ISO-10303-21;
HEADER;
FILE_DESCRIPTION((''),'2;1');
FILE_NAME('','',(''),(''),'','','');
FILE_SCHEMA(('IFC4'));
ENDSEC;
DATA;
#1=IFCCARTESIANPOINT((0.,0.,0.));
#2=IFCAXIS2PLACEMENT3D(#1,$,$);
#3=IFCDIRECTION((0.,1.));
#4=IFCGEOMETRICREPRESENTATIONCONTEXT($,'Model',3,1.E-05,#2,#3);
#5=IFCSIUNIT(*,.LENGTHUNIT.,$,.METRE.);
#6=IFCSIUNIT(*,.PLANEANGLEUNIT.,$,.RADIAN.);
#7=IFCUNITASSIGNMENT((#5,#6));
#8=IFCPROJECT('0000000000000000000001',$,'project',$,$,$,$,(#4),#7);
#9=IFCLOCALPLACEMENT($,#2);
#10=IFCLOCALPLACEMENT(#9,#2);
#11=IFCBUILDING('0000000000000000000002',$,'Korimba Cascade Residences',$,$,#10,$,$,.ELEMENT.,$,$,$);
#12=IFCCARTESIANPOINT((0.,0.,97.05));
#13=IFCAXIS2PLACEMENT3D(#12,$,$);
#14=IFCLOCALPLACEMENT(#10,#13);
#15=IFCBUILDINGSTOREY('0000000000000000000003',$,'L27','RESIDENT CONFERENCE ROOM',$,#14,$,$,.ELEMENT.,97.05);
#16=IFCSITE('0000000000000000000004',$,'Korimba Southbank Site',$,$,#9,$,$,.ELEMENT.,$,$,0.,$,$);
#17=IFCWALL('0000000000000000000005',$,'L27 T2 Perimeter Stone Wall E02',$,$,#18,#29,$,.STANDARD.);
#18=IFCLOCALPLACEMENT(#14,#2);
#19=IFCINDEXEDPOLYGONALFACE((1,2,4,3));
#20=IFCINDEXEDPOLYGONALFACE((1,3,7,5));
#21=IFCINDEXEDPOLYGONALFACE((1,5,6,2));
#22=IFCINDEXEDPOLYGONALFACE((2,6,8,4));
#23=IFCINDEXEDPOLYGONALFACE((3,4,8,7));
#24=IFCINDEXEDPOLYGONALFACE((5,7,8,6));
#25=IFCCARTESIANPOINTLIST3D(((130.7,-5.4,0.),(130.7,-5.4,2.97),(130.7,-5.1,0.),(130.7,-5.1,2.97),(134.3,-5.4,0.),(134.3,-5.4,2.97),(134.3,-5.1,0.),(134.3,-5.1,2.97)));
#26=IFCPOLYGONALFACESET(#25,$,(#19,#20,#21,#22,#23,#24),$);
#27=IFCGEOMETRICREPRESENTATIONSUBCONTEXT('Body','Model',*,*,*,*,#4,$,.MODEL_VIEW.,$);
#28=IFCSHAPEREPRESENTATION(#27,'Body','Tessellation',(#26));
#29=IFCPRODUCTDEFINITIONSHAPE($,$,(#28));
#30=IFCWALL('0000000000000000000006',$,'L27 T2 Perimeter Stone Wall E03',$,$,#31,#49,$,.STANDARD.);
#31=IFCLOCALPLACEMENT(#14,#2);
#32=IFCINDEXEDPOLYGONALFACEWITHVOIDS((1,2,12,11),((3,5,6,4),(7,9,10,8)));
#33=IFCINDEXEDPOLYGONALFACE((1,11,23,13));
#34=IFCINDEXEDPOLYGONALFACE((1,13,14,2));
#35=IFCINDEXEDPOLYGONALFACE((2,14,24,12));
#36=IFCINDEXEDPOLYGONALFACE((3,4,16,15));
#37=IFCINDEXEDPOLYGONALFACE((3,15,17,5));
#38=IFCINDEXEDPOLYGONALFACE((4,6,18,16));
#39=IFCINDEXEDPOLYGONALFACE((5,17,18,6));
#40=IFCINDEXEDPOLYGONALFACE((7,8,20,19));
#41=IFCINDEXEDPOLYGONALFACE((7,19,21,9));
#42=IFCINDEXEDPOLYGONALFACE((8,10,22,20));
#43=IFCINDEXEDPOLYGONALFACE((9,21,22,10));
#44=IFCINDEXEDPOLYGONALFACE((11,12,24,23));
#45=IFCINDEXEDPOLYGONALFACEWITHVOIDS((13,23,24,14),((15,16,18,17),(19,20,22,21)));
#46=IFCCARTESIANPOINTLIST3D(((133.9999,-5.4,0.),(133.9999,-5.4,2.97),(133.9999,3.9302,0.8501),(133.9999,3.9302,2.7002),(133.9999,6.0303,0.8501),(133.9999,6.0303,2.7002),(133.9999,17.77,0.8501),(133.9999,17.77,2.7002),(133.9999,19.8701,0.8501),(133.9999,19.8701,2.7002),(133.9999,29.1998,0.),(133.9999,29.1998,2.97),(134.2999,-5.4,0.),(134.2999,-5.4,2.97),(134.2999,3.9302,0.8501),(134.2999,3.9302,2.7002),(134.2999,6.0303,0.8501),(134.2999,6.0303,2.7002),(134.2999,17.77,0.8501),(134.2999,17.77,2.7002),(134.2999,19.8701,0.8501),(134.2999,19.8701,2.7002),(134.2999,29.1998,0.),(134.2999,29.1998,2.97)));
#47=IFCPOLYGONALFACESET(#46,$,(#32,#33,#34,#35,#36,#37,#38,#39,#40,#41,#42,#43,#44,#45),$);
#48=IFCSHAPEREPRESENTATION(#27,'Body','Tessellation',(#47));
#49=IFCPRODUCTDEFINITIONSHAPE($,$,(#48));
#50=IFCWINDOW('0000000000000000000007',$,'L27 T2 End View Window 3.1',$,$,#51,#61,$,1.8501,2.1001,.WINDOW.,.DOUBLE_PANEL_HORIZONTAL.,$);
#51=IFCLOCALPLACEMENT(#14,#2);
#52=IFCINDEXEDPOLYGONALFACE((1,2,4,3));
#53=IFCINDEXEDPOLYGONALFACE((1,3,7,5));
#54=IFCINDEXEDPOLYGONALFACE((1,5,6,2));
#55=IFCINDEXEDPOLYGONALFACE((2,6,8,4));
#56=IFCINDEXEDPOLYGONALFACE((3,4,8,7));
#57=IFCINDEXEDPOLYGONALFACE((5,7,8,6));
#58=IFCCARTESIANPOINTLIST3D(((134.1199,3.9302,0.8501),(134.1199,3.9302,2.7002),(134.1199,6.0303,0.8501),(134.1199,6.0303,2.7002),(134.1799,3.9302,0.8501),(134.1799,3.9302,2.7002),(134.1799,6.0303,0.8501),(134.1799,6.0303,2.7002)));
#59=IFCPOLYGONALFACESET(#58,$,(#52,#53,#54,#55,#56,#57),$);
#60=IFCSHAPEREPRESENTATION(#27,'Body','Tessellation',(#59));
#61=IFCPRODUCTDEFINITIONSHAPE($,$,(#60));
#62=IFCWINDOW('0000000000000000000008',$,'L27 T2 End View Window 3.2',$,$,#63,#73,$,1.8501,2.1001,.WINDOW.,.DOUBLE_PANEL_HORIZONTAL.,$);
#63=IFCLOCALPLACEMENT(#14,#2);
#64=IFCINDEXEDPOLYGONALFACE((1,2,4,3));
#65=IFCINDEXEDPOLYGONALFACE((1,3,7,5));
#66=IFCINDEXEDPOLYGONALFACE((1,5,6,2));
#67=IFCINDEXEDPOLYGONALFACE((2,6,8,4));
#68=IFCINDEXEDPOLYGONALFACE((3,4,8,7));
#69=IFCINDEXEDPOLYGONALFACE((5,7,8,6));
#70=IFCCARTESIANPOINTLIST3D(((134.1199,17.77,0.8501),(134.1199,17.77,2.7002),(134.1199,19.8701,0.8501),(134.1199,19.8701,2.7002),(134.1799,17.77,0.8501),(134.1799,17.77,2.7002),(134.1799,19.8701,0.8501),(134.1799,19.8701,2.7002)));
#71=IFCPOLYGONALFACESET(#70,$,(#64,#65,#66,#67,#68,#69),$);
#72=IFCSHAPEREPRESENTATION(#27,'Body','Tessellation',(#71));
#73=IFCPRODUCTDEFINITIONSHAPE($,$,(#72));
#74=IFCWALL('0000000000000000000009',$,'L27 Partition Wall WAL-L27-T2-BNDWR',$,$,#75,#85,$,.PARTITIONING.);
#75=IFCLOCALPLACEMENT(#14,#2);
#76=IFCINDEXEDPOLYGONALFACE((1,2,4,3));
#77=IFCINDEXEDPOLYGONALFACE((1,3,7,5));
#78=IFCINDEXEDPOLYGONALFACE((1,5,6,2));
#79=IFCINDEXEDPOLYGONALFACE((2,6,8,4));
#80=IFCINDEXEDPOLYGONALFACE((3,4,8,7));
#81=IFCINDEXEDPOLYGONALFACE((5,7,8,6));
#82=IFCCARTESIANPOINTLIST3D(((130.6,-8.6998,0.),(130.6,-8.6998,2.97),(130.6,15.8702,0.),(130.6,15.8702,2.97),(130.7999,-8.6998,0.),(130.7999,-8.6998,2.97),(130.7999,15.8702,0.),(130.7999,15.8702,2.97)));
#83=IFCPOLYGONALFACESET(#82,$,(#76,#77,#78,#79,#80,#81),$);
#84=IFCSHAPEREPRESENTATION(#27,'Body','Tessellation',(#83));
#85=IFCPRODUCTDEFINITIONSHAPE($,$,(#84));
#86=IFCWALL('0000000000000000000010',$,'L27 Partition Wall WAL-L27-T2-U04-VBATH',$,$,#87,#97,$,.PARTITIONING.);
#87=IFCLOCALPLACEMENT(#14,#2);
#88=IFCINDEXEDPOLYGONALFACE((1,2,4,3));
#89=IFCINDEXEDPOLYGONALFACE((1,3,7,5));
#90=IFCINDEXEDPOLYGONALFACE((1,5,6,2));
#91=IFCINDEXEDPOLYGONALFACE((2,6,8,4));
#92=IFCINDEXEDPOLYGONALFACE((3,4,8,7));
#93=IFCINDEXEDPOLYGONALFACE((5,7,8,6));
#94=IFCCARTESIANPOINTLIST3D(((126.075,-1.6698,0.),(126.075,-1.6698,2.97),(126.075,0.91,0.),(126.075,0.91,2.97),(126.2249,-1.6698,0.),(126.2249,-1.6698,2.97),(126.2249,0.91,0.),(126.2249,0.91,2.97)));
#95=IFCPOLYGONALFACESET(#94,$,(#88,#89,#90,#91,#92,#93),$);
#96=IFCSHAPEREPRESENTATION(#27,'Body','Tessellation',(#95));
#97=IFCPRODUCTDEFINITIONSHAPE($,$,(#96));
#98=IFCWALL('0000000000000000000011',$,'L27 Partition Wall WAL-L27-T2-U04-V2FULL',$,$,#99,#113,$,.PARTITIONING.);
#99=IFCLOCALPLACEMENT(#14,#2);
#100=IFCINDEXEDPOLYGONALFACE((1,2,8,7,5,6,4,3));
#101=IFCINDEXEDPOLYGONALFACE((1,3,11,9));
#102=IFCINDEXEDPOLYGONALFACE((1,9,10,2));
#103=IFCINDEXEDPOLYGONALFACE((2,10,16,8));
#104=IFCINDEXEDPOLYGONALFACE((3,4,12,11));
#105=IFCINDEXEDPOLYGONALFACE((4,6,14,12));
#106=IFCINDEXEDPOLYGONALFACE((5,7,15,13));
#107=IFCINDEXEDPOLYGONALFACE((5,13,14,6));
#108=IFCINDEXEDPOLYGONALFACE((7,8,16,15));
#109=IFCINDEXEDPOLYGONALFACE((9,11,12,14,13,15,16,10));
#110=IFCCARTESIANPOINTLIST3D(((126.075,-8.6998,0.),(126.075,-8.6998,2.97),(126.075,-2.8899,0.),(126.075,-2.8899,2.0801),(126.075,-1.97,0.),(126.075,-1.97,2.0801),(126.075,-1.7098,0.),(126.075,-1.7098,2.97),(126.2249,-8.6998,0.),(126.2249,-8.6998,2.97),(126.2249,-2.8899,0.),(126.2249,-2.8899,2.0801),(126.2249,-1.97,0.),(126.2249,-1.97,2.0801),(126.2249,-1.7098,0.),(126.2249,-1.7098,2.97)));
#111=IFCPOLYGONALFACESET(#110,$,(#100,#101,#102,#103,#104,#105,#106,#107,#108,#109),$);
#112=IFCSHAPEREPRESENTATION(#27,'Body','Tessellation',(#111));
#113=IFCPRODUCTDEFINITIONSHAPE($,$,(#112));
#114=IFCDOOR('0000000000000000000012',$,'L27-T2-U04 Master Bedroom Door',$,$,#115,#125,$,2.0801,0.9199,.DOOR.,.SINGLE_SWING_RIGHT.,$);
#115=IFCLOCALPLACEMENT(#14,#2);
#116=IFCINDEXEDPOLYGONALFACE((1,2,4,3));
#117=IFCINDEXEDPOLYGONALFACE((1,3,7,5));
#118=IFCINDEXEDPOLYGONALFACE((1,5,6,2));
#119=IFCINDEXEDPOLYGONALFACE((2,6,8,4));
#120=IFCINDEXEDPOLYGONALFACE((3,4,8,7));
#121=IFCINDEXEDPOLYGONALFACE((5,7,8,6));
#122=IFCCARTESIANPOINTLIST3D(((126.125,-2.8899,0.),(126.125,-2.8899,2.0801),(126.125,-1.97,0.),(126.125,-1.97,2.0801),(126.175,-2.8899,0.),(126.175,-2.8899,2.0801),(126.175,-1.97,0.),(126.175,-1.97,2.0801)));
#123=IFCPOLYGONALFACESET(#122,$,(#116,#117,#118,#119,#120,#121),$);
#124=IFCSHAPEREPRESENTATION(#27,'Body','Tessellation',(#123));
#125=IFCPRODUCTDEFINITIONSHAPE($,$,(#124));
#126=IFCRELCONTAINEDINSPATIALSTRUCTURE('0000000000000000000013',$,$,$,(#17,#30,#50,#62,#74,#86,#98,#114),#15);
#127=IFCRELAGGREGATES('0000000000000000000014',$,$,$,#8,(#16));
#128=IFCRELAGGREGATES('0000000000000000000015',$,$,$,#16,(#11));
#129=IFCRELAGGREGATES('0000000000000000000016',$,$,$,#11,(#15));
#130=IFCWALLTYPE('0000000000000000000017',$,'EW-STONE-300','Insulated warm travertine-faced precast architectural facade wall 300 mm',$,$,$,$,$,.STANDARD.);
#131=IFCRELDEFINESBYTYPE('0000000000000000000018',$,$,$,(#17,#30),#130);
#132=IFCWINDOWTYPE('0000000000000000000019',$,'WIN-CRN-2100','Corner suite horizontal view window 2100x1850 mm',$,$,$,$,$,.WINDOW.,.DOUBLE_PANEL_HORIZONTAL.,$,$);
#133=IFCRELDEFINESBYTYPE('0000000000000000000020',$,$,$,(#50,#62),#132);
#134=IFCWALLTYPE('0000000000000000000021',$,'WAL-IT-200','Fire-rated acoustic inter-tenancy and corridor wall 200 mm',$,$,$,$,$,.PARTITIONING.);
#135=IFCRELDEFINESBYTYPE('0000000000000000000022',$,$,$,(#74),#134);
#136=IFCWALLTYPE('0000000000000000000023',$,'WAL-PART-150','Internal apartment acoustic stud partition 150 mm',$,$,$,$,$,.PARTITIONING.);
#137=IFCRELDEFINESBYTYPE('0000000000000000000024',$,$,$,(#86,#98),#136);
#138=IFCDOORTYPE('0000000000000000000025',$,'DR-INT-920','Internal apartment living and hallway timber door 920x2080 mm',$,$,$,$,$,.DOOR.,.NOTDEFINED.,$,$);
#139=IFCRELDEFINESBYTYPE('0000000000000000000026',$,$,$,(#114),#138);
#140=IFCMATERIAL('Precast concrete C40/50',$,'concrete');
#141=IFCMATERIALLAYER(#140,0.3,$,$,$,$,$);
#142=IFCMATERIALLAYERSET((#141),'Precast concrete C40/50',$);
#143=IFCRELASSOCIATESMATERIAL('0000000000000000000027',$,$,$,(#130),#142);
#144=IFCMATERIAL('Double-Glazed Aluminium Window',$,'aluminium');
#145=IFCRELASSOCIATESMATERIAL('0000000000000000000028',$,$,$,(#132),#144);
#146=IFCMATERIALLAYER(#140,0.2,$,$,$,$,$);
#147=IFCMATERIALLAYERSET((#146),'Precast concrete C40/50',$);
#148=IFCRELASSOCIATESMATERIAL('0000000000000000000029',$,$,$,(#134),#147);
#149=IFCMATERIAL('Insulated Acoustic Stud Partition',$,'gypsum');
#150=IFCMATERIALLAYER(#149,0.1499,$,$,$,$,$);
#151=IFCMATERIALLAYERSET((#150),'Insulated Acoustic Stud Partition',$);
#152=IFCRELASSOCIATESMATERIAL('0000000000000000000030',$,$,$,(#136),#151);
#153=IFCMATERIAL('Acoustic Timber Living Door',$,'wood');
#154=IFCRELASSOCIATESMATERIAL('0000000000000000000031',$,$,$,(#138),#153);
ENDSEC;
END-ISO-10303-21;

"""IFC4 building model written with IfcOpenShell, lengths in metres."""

from ifc_helpers import new_model, si_unit, direction, frame, frame_2d, origin, place, context, subcontext, project, spatial, rectangle, extrude, material, layer, layer_set, type_object, element, fill, save


model = new_model("IFC4")

# Units and contexts
model_context = context("Model", 3, precision=1e-05, world=origin(), true_north=direction((0.0, 1.0)))
body_context = subcontext(model_context, "Body", "Model", "MODEL_VIEW")
ifc_project = project(units=[si_unit("LENGTHUNIT", "METRE"), si_unit("PLANEANGLEUNIT", "RADIAN")], contexts=[model_context])

# Site, building, storey
site_placement = place(None, origin())
site = spatial("IfcSite", under=ifc_project, at=site_placement, Name="Korimba Southbank Site", CompositionType="ELEMENT", RefElevation=0.0)
building_placement = place(site_placement, origin())
building = spatial("IfcBuilding", under=site, at=building_placement, Name="Korimba Cascade Residences", CompositionType="ELEMENT")
storey_placement = place(building_placement, frame((0.0, 0.0, 97.05)))
storey = spatial("IfcBuildingStorey", under=building, at=storey_placement, Name="L27", Description="RESIDENT CONFERENCE ROOM", CompositionType="ELEMENT", Elevation=97.05)

# Wall
ifc_material_1 = material(Name="Precast concrete C40/50", Category="concrete")
ifc_layer_1 = layer(ifc_material_1, 0.3)
ifc_layer_set_1 = layer_set([ifc_layer_1], Name="Precast concrete C40/50")
wall_type_1 = type_object("IfcWallType", Name="EW-STONE-300", Description="Insulated warm travertine-faced precast architectural facade wall 300 mm", PredefinedType="STANDARD", material=ifc_layer_set_1)
for number, where, z_axis, x_axis, name in (
    (1, (130.7, -5.25, 0.0), (0.0, 0.0, 1.0), (1.0, 0.0, 0.0), "L27 T2 Perimeter Stone Wall E02"),
):
    element("IfcWall", number, at=place(storey_placement, frame(where, z_axis=z_axis, x_axis=x_axis)), inside=storey, type_object=wall_type_1, Name=name, PredefinedType="STANDARD", context=body_context, shape_type="SweptSolid", body=[
        extrude(rectangle(XDim=3.6001, YDim=0.3, at=frame_2d((1.8, 0.0))), origin(), (0.0, 0.0, 1.0), 2.97),
    ])

# Wall, openings, windows
wall_1_placement = place(storey_placement, frame((134.1499, -5.3999, 0.0), z_axis=(0.0, 0.0, 1.0), x_axis=(0.0, 1.0, 0.0)))
wall_1 = element("IfcWall", 2, at=wall_1_placement, inside=storey, type_object=wall_type_1, Name="L27 T2 Perimeter Stone Wall E03", PredefinedType="STANDARD", context=body_context, shape_type="SweptSolid", body=[
    extrude(rectangle(XDim=34.5999, YDim=0.3, at=frame_2d((17.2998, 0.0))), origin(), (0.0, 0.0, 1.0), 2.97),
])
opening_1_placement = place(wall_1_placement, frame((9.3301, 0.0, 0.8501)))
opening_1 = element("IfcOpeningElement", 3, at=opening_1_placement, cuts=wall_1, PredefinedType="OPENING", context=body_context, shape_type="SweptSolid", body=[
    extrude(rectangle(XDim=2.1001, YDim=1.8501, at=frame_2d((1.05, 0.925))), frame((0.0, 0.1602, 0.0), z_axis=(0.0, -1.0, 0.0), x_axis=(1.0, 0.0, 0.0)), (0.0, 0.0, 1.0), 0.3201),
])
opening_2_placement = place(wall_1_placement, frame((23.1699, 0.0, 0.8501)))
opening_2 = element("IfcOpeningElement", 4, at=opening_2_placement, cuts=wall_1, PredefinedType="OPENING", context=body_context, shape_type="SweptSolid", body=[
    extrude(rectangle(XDim=2.1001, YDim=1.8501, at=frame_2d((1.05, 0.925))), frame((0.0, 0.1602, 0.0), z_axis=(0.0, -1.0, 0.0), x_axis=(1.0, 0.0, 0.0)), (0.0, 0.0, 1.0), 0.3201),
])
ifc_material_2 = material(Name="Double-Glazed Aluminium Window", Category="aluminium")
window_type = type_object("IfcWindowType", Name="WIN-CRN-2100", Description="Corner suite horizontal view window 2100x1850 mm", PartitioningType="DOUBLE_PANEL_HORIZONTAL", PredefinedType="WINDOW", material=ifc_material_2)
window_1_placement = place(opening_1_placement, origin())
window_1 = element("IfcWindow", 5, at=window_1_placement, inside=storey, type_object=window_type, Name="L27 T2 End View Window 3.1", OverallHeight=1.8501, OverallWidth=2.1001, PartitioningType="DOUBLE_PANEL_HORIZONTAL", PredefinedType="WINDOW", context=body_context, shape_type="SweptSolid", body=[
    extrude(rectangle(XDim=2.1001, YDim=1.8501, at=frame_2d((1.05, 0.925))), frame((0.0, 0.03, 0.0), z_axis=(0.0, -1.0, 0.0), x_axis=(1.0, 0.0, 0.0)), (0.0, 0.0, 1.0), 0.0601),
])
fill(opening_1, window_1)
window_2_placement = place(opening_2_placement, origin())
window_2 = element("IfcWindow", 6, at=window_2_placement, inside=storey, type_object=window_type, Name="L27 T2 End View Window 3.2", OverallHeight=1.8501, OverallWidth=2.1001, PartitioningType="DOUBLE_PANEL_HORIZONTAL", PredefinedType="WINDOW", context=body_context, shape_type="SweptSolid", body=[
    extrude(rectangle(XDim=2.1001, YDim=1.8501, at=frame_2d((1.05, 0.925))), frame((0.0, 0.03, 0.0), z_axis=(0.0, -1.0, 0.0), x_axis=(1.0, 0.0, 0.0)), (0.0, 0.0, 1.0), 0.0601),
])
fill(opening_2, window_2)

# Walls
ifc_layer_2 = layer(ifc_material_1, 0.2)
ifc_layer_set_2 = layer_set([ifc_layer_2], Name="Precast concrete C40/50")
wall_type_2 = type_object("IfcWallType", Name="WAL-IT-200", Description="Fire-rated acoustic inter-tenancy and corridor wall 200 mm", PredefinedType="PARTITIONING", material=ifc_layer_set_2)
wall_2_placement = place(storey_placement, frame((130.7, -8.7, 0.0), z_axis=(0.0, 0.0, 1.0), x_axis=(0.0, 1.0, 0.0)))
element("IfcWall", 7, at=wall_2_placement, inside=storey, type_object=wall_type_2, Name="L27 Partition Wall WAL-L27-T2-BNDWR", PredefinedType="PARTITIONING", context=body_context, shape_type="SweptSolid", body=[
    extrude(rectangle(XDim=24.5701, YDim=0.2, at=frame_2d((12.2852, 0.0))), origin(), (0.0, 0.0, 1.0), 2.97),
])
ifc_material_3 = material(Name="Insulated Acoustic Stud Partition", Category="gypsum")
ifc_layer_3 = layer(ifc_material_3, 0.1499)
ifc_layer_set_3 = layer_set([ifc_layer_3], Name="Insulated Acoustic Stud Partition")
wall_type_3 = type_object("IfcWallType", Name="WAL-PART-150", Description="Internal apartment acoustic stud partition 150 mm", PredefinedType="PARTITIONING", material=ifc_layer_set_3)
wall_3_placement = place(storey_placement, frame((126.1499, -1.6699, 0.0), z_axis=(0.0, 0.0, 1.0), x_axis=(0.0, 1.0, 0.0)))
element("IfcWall", 8, at=wall_3_placement, inside=storey, type_object=wall_type_3, Name="L27 Partition Wall WAL-L27-T2-U04-VBATH", PredefinedType="PARTITIONING", context=body_context, shape_type="SweptSolid", body=[
    extrude(rectangle(XDim=2.5798, YDim=0.1499, at=frame_2d((1.29, 0.0))), origin(), (0.0, 0.0, 1.0), 2.97),
])

# Wall, opening, door
wall_4_placement = place(storey_placement, frame((126.1499, -8.7, 0.0), z_axis=(0.0, 0.0, 1.0), x_axis=(0.0, 1.0, 0.0)))
wall_4 = element("IfcWall", 9, at=wall_4_placement, inside=storey, type_object=wall_type_3, Name="L27 Partition Wall WAL-L27-T2-U04-V2FULL", PredefinedType="PARTITIONING", context=body_context, shape_type="SweptSolid", body=[
    extrude(rectangle(XDim=6.99, YDim=0.1499, at=frame_2d((3.4951, 0.0))), origin(), (0.0, 0.0, 1.0), 2.97),
])
opening_3_placement = place(wall_4_placement, frame((5.8101, 0.0, 0.0)))
opening_3 = element("IfcOpeningElement", 10, at=opening_3_placement, cuts=wall_4, PredefinedType="OPENING", context=body_context, shape_type="SweptSolid", body=[
    extrude(rectangle(XDim=0.9199, YDim=2.0801, at=frame_2d((0.46, 1.04))), frame((0.0, 0.085, 0.0), z_axis=(0.0, -1.0, 0.0), x_axis=(1.0, 0.0, 0.0)), (0.0, 0.0, 1.0), 0.1699),
])
ifc_material_4 = material(Name="Acoustic Timber Living Door", Category="wood")
door_type = type_object("IfcDoorType", Name="DR-INT-920", Description="Internal apartment living and hallway timber door 920x2080 mm", OperationType="NOTDEFINED", PredefinedType="DOOR", material=ifc_material_4)
door_placement = place(opening_3_placement, origin())
door = element("IfcDoor", 11, at=door_placement, inside=storey, type_object=door_type, Name="L27-T2-U04 Master Bedroom Door", OperationType="SINGLE_SWING_RIGHT", OverallHeight=2.0801, OverallWidth=0.9199, PredefinedType="DOOR", context=body_context, shape_type="SweptSolid", body=[
    extrude(rectangle(XDim=0.9199, YDim=2.0801, at=frame_2d((0.46, 1.04))), frame((0.0, 0.0249, 0.0), z_axis=(0.0, -1.0, 0.0), x_axis=(1.0, 0.0, 0.0)), (0.0, 0.0, 1.0), 0.05),
])
fill(opening_3, door)

save(model, "model.ifc")
